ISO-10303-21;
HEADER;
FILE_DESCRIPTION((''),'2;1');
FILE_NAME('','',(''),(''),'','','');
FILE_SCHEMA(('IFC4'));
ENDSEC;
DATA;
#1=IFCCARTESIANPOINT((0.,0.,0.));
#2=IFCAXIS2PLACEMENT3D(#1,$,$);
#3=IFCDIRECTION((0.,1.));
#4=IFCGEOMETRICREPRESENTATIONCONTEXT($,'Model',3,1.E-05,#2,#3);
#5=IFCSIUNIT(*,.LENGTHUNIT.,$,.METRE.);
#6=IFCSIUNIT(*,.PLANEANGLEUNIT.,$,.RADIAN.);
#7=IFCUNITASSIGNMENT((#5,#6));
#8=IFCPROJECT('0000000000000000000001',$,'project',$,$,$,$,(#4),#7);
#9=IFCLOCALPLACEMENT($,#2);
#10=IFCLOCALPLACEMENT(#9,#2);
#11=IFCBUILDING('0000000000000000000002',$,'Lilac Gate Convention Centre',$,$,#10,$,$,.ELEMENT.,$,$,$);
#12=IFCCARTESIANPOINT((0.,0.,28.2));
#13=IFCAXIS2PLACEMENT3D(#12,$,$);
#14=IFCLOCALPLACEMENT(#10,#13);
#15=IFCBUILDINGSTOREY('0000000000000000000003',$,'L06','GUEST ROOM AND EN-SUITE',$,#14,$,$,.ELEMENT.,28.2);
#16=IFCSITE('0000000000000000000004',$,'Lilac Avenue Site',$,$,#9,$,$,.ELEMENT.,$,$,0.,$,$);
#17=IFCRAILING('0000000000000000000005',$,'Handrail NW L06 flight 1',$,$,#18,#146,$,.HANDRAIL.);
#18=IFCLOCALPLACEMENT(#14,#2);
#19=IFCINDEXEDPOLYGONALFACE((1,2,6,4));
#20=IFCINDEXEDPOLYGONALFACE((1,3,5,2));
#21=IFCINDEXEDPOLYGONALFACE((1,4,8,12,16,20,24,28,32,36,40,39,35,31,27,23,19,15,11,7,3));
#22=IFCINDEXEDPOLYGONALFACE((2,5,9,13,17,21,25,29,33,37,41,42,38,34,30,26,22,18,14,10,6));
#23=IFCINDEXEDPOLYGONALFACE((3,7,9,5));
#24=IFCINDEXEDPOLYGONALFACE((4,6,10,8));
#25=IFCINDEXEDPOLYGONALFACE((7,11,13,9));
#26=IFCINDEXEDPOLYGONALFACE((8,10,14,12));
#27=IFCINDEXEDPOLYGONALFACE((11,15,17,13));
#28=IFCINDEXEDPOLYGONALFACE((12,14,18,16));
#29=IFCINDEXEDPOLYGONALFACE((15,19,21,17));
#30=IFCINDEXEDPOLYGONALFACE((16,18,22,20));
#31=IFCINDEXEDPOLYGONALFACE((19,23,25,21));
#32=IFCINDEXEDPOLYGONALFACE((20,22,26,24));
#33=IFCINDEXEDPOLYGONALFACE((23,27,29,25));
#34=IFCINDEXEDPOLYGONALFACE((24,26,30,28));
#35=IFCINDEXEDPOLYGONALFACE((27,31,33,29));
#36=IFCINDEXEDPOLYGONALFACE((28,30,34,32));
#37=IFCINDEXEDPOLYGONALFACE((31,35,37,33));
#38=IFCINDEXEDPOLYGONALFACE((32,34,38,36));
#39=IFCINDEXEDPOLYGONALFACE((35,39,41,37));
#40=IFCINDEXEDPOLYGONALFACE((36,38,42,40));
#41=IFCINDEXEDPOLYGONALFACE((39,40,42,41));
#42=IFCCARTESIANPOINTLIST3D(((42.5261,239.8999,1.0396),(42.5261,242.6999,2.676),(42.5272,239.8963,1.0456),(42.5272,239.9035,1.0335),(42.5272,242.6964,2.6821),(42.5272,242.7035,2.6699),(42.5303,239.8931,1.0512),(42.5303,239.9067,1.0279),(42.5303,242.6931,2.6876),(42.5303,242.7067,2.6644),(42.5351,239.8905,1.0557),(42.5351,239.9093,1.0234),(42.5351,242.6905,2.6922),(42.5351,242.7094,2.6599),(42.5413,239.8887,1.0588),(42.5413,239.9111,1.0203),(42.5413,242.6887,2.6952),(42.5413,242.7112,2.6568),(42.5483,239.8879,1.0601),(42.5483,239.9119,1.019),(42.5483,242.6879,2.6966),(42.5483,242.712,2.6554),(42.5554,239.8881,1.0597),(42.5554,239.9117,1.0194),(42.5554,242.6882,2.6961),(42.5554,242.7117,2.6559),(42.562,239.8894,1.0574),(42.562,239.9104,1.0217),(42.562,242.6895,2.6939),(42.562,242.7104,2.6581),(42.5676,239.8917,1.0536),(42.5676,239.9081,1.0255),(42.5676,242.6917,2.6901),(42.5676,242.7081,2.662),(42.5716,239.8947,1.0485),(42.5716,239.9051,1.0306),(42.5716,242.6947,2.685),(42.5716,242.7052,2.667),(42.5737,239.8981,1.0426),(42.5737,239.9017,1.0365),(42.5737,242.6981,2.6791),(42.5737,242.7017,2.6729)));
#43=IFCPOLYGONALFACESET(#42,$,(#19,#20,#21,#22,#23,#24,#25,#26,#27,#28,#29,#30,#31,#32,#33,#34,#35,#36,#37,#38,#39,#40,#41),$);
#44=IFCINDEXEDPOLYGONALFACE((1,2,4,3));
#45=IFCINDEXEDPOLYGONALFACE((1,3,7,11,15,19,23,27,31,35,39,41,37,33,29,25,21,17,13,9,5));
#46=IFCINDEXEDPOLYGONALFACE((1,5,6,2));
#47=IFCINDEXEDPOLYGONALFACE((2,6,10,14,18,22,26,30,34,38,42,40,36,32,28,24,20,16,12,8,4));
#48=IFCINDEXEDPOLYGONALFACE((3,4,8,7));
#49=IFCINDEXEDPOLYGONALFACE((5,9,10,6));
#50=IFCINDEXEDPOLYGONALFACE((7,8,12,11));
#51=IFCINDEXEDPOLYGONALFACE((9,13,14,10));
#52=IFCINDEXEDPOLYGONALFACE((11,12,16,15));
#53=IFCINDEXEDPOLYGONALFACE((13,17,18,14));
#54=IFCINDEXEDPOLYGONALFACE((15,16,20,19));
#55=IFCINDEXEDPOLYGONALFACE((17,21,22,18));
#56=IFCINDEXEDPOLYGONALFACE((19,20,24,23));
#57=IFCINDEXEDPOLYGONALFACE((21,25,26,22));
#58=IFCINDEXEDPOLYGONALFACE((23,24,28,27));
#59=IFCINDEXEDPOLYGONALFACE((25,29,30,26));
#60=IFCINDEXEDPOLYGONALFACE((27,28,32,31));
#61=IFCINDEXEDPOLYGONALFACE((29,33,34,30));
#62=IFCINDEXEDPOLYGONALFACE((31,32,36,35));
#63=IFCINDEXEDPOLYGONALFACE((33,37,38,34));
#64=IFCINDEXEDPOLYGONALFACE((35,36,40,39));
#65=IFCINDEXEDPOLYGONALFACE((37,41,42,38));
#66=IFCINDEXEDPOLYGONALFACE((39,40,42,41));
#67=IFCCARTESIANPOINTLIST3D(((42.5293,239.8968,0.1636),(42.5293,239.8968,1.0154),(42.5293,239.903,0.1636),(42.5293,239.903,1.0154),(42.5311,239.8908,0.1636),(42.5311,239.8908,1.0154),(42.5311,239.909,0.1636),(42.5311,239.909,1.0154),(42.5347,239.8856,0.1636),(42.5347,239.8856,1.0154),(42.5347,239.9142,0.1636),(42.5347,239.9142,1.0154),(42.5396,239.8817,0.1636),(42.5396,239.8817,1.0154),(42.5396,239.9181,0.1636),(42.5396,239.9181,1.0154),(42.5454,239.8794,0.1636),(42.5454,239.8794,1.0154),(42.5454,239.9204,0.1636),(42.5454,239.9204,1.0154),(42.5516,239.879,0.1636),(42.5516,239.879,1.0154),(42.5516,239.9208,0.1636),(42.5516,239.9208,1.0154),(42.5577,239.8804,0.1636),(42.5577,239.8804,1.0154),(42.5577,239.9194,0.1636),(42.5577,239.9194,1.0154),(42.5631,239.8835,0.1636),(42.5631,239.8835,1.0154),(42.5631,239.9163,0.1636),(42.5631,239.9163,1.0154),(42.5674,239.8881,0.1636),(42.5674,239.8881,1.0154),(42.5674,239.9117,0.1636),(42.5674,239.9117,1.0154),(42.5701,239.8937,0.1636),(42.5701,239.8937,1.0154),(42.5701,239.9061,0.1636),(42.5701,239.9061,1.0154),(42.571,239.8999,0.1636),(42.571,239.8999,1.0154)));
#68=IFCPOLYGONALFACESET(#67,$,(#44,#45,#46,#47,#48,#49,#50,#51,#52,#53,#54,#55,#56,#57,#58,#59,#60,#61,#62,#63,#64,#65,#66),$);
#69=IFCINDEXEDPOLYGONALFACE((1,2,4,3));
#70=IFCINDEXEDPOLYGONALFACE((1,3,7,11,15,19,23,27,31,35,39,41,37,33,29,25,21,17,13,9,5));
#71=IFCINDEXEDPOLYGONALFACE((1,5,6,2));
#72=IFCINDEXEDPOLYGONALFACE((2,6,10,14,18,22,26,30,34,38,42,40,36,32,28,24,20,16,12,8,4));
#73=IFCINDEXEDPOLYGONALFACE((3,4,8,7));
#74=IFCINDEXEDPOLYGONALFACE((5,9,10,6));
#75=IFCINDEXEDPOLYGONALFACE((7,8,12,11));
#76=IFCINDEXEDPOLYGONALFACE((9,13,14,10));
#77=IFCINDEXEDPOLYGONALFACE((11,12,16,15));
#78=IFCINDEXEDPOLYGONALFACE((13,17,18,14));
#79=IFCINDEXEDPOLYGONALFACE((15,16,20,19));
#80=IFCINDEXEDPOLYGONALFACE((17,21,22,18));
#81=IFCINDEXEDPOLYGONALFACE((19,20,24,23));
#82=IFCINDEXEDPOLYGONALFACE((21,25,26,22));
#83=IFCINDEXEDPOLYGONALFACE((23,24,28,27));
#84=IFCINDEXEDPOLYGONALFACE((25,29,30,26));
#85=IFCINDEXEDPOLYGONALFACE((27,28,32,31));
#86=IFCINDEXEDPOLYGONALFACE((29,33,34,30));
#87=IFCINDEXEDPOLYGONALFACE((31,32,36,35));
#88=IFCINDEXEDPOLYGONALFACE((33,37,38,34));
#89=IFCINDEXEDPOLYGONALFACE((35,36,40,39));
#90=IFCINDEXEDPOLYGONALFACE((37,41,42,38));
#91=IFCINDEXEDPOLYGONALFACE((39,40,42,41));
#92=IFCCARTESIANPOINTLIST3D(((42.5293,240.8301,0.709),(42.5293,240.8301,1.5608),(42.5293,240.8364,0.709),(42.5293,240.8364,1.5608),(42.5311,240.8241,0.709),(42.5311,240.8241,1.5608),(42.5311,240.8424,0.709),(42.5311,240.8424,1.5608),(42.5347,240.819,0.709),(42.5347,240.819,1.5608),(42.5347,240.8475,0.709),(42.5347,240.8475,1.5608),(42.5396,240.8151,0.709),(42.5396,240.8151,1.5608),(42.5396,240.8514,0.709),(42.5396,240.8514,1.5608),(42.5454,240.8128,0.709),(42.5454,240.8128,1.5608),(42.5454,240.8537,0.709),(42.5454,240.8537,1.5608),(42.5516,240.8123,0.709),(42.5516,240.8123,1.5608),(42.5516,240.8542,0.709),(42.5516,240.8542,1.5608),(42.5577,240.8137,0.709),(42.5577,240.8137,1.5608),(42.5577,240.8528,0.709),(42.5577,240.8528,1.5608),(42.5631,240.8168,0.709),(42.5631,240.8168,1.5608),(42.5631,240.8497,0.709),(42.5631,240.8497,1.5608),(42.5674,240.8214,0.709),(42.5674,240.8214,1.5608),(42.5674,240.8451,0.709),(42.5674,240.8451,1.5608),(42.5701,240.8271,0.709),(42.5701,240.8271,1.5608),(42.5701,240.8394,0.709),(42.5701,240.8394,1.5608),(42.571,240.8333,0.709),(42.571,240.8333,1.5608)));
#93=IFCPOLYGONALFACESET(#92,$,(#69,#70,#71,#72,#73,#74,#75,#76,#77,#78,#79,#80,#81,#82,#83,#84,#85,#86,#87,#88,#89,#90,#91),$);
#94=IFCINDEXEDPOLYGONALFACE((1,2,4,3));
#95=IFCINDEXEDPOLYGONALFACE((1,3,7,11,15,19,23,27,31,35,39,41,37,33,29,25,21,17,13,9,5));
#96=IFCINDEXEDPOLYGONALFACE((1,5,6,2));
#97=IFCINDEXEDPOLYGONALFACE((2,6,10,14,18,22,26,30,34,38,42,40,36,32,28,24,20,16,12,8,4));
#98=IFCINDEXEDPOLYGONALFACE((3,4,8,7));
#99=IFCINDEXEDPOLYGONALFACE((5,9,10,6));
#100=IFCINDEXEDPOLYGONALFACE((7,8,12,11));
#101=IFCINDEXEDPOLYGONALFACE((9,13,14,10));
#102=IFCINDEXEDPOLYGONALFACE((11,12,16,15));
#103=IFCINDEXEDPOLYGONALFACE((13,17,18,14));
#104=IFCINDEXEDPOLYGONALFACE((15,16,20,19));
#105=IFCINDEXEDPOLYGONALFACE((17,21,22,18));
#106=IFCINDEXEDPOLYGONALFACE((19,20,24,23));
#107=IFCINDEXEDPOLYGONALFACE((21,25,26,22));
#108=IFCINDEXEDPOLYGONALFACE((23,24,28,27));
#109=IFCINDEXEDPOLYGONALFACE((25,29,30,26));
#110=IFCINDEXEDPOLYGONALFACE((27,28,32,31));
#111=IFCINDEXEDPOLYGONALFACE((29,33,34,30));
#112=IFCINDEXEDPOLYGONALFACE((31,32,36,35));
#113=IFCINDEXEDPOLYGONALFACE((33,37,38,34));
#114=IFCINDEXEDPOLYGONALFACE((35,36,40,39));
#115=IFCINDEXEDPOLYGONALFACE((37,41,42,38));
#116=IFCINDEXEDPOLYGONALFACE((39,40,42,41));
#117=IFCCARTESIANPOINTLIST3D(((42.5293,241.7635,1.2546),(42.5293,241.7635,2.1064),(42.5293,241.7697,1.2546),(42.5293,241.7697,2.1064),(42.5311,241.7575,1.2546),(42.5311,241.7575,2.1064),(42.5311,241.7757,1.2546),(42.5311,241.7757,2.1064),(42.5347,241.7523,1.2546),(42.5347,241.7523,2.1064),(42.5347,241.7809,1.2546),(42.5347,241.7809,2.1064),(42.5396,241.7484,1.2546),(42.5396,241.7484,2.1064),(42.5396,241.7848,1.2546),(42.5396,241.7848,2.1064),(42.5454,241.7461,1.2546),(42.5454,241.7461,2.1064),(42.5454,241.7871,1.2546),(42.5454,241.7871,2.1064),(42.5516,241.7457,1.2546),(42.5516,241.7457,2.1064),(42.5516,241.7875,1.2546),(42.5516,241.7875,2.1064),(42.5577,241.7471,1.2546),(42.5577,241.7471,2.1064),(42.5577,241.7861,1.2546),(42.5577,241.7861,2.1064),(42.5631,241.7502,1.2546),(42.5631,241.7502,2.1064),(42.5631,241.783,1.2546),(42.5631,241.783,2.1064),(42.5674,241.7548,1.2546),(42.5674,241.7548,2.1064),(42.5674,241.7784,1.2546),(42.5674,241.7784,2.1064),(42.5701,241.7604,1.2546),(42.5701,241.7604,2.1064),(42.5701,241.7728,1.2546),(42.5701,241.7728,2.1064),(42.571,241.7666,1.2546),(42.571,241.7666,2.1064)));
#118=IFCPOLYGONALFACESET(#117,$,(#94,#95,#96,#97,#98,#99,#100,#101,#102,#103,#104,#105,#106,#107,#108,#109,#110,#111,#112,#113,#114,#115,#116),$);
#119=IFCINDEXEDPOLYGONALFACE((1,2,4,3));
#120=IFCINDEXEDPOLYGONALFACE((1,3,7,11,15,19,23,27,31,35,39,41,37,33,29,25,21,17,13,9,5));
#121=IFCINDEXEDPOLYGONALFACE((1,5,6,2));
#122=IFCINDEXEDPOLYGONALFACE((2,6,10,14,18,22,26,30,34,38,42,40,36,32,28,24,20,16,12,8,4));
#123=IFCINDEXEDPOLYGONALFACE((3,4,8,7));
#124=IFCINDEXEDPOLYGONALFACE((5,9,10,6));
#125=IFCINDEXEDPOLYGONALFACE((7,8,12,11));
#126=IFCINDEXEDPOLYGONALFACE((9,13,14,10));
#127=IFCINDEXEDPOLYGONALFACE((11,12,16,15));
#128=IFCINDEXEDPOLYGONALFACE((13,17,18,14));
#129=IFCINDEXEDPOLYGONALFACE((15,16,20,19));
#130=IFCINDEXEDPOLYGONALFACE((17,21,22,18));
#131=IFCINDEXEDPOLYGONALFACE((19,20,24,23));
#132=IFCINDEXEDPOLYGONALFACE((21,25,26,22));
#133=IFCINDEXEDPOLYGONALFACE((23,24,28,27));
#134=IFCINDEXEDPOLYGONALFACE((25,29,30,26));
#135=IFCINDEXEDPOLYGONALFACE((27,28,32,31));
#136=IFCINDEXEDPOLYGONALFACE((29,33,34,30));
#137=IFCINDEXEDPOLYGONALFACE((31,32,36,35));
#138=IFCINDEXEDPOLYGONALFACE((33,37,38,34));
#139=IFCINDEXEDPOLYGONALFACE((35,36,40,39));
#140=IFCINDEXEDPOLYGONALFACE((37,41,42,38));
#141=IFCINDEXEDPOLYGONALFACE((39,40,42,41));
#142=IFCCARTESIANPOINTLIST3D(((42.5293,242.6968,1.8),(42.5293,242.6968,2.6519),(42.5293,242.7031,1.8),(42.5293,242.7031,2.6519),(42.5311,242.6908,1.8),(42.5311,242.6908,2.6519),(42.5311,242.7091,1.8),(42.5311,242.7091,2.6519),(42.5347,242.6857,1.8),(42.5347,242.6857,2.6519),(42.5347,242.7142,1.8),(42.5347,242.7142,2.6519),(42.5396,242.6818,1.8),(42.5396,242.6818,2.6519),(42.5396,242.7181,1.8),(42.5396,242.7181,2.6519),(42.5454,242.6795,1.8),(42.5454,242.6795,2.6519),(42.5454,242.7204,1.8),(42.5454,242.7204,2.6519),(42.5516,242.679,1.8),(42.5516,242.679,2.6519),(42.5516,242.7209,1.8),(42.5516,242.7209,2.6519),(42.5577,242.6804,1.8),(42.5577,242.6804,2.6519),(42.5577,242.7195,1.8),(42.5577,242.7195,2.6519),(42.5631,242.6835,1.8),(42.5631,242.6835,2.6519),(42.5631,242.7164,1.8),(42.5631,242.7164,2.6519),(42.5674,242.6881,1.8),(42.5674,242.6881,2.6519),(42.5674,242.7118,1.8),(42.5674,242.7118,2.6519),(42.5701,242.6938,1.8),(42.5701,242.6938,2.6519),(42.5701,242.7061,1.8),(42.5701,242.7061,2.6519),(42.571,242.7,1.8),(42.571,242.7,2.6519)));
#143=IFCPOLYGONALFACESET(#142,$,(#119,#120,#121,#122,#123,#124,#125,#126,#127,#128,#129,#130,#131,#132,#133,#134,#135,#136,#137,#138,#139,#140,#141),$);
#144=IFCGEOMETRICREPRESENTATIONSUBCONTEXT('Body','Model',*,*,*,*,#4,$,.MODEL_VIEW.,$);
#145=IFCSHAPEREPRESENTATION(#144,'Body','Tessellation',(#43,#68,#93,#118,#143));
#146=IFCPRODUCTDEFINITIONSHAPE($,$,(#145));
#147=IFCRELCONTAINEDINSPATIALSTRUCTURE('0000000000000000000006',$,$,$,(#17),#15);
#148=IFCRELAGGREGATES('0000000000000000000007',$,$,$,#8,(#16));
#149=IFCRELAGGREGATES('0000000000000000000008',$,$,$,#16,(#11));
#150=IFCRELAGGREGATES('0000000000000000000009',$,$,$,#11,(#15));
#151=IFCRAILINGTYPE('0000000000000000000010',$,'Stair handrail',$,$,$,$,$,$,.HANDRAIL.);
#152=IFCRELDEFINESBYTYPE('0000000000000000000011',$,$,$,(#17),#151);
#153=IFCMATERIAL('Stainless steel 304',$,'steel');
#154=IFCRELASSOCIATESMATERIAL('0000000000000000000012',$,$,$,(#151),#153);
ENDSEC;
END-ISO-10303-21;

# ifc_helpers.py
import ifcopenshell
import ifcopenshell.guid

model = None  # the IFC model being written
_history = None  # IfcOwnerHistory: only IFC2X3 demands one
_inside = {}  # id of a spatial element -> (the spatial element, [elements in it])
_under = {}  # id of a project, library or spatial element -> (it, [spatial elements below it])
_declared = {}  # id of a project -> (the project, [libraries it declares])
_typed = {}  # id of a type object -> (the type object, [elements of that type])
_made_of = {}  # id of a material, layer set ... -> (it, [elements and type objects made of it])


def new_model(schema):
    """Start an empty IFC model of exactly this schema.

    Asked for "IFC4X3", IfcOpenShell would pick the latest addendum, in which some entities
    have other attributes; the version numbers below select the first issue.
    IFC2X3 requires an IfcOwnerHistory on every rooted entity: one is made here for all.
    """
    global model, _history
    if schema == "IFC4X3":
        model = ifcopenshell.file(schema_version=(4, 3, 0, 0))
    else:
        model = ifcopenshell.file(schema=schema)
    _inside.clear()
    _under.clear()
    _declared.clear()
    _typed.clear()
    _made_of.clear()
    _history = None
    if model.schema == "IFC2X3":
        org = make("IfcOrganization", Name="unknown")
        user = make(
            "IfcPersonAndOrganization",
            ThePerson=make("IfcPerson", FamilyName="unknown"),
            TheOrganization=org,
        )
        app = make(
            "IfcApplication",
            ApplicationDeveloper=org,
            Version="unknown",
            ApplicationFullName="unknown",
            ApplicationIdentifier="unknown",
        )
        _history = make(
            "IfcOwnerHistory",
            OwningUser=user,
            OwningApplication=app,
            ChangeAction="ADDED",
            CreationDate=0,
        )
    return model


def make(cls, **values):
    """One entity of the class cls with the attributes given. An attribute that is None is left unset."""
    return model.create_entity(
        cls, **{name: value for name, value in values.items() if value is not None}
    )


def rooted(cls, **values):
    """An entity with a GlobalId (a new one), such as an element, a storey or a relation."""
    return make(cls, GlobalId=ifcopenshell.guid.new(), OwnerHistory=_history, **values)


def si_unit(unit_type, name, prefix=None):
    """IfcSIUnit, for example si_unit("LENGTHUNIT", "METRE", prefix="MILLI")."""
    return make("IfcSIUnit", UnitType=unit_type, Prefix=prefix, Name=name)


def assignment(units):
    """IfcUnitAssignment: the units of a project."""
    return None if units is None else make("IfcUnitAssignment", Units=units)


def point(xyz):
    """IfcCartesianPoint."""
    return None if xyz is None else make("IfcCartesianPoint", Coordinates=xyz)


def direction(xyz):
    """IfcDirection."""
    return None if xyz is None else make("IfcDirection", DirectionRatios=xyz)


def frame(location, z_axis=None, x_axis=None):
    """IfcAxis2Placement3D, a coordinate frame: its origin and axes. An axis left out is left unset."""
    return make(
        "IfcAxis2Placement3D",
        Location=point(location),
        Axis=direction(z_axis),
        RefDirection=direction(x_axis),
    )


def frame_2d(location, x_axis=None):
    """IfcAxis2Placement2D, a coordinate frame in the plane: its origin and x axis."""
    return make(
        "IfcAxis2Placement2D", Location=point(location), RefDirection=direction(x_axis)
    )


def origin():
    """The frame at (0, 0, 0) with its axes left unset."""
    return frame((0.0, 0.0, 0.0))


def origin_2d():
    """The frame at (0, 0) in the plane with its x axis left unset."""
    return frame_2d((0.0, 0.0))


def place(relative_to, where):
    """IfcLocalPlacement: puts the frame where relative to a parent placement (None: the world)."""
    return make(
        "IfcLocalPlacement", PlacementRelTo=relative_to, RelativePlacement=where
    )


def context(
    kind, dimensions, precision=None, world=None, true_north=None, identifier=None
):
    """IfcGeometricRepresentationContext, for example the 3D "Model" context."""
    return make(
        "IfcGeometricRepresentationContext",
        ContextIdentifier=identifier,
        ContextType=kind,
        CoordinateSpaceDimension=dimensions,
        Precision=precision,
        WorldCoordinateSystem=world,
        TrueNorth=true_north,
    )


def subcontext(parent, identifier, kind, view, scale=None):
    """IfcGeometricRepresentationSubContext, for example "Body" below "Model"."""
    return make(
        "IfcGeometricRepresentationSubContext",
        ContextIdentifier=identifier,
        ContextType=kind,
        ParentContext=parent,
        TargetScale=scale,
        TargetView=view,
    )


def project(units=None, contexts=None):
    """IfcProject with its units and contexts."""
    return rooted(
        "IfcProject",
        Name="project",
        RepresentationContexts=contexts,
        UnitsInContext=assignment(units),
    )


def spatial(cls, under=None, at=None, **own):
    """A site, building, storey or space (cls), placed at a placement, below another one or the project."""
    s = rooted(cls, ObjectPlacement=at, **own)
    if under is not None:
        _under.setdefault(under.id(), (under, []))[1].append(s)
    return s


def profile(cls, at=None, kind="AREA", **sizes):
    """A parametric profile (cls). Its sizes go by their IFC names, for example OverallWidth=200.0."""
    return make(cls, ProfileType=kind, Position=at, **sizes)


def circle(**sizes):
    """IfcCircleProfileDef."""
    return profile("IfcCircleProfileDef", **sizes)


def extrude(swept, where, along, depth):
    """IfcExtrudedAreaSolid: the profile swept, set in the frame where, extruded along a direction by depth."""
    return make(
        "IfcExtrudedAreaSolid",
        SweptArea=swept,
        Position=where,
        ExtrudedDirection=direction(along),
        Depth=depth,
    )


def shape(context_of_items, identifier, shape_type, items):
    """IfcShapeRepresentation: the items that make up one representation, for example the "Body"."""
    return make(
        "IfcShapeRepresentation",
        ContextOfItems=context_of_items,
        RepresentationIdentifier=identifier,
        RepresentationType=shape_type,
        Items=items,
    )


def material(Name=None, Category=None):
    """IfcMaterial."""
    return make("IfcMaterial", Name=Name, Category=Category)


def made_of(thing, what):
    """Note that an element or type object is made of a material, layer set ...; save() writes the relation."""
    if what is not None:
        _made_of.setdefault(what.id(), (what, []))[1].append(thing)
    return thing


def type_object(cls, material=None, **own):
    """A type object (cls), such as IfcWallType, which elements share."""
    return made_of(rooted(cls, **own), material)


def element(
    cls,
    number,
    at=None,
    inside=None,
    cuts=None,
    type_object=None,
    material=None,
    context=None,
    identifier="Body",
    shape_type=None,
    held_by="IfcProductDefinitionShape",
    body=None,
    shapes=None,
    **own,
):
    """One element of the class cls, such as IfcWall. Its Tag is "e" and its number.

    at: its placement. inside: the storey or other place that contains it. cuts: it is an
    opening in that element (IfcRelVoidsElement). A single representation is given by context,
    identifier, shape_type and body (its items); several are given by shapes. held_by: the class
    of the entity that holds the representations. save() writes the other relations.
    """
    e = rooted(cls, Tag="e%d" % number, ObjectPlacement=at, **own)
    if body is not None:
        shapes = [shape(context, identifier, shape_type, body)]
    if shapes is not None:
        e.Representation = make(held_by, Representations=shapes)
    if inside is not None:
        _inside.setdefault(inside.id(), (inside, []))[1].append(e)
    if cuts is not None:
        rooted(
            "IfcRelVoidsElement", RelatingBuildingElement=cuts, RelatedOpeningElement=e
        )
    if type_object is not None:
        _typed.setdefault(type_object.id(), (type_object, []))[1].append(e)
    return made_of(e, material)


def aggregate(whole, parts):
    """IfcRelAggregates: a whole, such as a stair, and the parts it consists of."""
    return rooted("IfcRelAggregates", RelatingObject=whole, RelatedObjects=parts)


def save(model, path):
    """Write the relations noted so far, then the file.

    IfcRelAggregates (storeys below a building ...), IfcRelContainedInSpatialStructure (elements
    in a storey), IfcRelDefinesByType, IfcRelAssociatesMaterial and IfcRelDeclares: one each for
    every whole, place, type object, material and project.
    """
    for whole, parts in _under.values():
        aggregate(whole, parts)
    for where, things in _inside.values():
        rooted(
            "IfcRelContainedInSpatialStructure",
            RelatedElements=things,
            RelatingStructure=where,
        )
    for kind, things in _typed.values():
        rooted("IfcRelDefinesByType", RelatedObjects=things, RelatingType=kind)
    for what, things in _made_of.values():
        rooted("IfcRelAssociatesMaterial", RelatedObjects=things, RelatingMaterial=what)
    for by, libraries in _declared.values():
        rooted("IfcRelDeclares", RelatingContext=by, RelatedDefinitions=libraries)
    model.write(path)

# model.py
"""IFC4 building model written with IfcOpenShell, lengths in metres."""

from ifc_helpers import new_model, si_unit, direction, frame, origin, origin_2d, place, context, subcontext, project, spatial, circle, extrude, material, type_object, element, save


model = new_model("IFC4")

# Units and contexts
model_context = context("Model", 3, precision=1e-05, world=origin(), true_north=direction((0.0, 1.0)))
body_context = subcontext(model_context, "Body", "Model", "MODEL_VIEW")
ifc_project = project(units=[si_unit("LENGTHUNIT", "METRE"), si_unit("PLANEANGLEUNIT", "RADIAN")], contexts=[model_context])

# Site, building, storey
site_placement = place(None, origin())
site = spatial("IfcSite", under=ifc_project, at=site_placement, Name="Lilac Avenue Site", CompositionType="ELEMENT", RefElevation=0.0)
building_placement = place(site_placement, origin())
building = spatial("IfcBuilding", under=site, at=building_placement, Name="Lilac Gate Convention Centre", CompositionType="ELEMENT")
storey_placement = place(building_placement, frame((0.0, 0.0, 28.2)))
storey = spatial("IfcBuildingStorey", under=building, at=storey_placement, Name="L06", Description="GUEST ROOM AND EN-SUITE", CompositionType="ELEMENT", Elevation=28.2)

# Railing
ifc_material_1 = material(Name="Stainless steel 304", Category="steel")
railing_type = type_object("IfcRailingType", Name="Stair handrail", PredefinedType="HANDRAIL", material=ifc_material_1)
for number, where, name in (
    (1, (42.55, 239.8999, 0.1636), "Handrail NW L06 flight 1"),
):
    element("IfcRailing", number, at=place(storey_placement, frame(where)), inside=storey, type_object=railing_type, Name=name, PredefinedType="HANDRAIL", context=body_context, shape_type="SweptSolid", body=[
        extrude(circle(Radius=0.0239, at=origin_2d()), frame((0.0, 0.0, 0.876), z_axis=(0.0, 0.863361, 0.504587), x_axis=(-1.0, 0.0, 0.0)), (0.0, 0.0, 1.0), 3.2432),
        extrude(circle(Radius=0.021, at=origin_2d()), origin(), (0.0, 0.0, 1.0), 0.8518),
        extrude(circle(Radius=0.021, at=origin_2d()), frame((0.0, 0.9333, 0.5454)), (0.0, 0.0, 1.0), 0.8518),
        extrude(circle(Radius=0.021, at=origin_2d()), frame((0.0, 1.8667, 1.0911)), (0.0, 0.0, 1.0), 0.8518),
        extrude(circle(Radius=0.021, at=origin_2d()), frame((0.0, 2.8, 1.6365)), (0.0, 0.0, 1.0), 0.8518),
    ])

save(model, "model.ifc")
